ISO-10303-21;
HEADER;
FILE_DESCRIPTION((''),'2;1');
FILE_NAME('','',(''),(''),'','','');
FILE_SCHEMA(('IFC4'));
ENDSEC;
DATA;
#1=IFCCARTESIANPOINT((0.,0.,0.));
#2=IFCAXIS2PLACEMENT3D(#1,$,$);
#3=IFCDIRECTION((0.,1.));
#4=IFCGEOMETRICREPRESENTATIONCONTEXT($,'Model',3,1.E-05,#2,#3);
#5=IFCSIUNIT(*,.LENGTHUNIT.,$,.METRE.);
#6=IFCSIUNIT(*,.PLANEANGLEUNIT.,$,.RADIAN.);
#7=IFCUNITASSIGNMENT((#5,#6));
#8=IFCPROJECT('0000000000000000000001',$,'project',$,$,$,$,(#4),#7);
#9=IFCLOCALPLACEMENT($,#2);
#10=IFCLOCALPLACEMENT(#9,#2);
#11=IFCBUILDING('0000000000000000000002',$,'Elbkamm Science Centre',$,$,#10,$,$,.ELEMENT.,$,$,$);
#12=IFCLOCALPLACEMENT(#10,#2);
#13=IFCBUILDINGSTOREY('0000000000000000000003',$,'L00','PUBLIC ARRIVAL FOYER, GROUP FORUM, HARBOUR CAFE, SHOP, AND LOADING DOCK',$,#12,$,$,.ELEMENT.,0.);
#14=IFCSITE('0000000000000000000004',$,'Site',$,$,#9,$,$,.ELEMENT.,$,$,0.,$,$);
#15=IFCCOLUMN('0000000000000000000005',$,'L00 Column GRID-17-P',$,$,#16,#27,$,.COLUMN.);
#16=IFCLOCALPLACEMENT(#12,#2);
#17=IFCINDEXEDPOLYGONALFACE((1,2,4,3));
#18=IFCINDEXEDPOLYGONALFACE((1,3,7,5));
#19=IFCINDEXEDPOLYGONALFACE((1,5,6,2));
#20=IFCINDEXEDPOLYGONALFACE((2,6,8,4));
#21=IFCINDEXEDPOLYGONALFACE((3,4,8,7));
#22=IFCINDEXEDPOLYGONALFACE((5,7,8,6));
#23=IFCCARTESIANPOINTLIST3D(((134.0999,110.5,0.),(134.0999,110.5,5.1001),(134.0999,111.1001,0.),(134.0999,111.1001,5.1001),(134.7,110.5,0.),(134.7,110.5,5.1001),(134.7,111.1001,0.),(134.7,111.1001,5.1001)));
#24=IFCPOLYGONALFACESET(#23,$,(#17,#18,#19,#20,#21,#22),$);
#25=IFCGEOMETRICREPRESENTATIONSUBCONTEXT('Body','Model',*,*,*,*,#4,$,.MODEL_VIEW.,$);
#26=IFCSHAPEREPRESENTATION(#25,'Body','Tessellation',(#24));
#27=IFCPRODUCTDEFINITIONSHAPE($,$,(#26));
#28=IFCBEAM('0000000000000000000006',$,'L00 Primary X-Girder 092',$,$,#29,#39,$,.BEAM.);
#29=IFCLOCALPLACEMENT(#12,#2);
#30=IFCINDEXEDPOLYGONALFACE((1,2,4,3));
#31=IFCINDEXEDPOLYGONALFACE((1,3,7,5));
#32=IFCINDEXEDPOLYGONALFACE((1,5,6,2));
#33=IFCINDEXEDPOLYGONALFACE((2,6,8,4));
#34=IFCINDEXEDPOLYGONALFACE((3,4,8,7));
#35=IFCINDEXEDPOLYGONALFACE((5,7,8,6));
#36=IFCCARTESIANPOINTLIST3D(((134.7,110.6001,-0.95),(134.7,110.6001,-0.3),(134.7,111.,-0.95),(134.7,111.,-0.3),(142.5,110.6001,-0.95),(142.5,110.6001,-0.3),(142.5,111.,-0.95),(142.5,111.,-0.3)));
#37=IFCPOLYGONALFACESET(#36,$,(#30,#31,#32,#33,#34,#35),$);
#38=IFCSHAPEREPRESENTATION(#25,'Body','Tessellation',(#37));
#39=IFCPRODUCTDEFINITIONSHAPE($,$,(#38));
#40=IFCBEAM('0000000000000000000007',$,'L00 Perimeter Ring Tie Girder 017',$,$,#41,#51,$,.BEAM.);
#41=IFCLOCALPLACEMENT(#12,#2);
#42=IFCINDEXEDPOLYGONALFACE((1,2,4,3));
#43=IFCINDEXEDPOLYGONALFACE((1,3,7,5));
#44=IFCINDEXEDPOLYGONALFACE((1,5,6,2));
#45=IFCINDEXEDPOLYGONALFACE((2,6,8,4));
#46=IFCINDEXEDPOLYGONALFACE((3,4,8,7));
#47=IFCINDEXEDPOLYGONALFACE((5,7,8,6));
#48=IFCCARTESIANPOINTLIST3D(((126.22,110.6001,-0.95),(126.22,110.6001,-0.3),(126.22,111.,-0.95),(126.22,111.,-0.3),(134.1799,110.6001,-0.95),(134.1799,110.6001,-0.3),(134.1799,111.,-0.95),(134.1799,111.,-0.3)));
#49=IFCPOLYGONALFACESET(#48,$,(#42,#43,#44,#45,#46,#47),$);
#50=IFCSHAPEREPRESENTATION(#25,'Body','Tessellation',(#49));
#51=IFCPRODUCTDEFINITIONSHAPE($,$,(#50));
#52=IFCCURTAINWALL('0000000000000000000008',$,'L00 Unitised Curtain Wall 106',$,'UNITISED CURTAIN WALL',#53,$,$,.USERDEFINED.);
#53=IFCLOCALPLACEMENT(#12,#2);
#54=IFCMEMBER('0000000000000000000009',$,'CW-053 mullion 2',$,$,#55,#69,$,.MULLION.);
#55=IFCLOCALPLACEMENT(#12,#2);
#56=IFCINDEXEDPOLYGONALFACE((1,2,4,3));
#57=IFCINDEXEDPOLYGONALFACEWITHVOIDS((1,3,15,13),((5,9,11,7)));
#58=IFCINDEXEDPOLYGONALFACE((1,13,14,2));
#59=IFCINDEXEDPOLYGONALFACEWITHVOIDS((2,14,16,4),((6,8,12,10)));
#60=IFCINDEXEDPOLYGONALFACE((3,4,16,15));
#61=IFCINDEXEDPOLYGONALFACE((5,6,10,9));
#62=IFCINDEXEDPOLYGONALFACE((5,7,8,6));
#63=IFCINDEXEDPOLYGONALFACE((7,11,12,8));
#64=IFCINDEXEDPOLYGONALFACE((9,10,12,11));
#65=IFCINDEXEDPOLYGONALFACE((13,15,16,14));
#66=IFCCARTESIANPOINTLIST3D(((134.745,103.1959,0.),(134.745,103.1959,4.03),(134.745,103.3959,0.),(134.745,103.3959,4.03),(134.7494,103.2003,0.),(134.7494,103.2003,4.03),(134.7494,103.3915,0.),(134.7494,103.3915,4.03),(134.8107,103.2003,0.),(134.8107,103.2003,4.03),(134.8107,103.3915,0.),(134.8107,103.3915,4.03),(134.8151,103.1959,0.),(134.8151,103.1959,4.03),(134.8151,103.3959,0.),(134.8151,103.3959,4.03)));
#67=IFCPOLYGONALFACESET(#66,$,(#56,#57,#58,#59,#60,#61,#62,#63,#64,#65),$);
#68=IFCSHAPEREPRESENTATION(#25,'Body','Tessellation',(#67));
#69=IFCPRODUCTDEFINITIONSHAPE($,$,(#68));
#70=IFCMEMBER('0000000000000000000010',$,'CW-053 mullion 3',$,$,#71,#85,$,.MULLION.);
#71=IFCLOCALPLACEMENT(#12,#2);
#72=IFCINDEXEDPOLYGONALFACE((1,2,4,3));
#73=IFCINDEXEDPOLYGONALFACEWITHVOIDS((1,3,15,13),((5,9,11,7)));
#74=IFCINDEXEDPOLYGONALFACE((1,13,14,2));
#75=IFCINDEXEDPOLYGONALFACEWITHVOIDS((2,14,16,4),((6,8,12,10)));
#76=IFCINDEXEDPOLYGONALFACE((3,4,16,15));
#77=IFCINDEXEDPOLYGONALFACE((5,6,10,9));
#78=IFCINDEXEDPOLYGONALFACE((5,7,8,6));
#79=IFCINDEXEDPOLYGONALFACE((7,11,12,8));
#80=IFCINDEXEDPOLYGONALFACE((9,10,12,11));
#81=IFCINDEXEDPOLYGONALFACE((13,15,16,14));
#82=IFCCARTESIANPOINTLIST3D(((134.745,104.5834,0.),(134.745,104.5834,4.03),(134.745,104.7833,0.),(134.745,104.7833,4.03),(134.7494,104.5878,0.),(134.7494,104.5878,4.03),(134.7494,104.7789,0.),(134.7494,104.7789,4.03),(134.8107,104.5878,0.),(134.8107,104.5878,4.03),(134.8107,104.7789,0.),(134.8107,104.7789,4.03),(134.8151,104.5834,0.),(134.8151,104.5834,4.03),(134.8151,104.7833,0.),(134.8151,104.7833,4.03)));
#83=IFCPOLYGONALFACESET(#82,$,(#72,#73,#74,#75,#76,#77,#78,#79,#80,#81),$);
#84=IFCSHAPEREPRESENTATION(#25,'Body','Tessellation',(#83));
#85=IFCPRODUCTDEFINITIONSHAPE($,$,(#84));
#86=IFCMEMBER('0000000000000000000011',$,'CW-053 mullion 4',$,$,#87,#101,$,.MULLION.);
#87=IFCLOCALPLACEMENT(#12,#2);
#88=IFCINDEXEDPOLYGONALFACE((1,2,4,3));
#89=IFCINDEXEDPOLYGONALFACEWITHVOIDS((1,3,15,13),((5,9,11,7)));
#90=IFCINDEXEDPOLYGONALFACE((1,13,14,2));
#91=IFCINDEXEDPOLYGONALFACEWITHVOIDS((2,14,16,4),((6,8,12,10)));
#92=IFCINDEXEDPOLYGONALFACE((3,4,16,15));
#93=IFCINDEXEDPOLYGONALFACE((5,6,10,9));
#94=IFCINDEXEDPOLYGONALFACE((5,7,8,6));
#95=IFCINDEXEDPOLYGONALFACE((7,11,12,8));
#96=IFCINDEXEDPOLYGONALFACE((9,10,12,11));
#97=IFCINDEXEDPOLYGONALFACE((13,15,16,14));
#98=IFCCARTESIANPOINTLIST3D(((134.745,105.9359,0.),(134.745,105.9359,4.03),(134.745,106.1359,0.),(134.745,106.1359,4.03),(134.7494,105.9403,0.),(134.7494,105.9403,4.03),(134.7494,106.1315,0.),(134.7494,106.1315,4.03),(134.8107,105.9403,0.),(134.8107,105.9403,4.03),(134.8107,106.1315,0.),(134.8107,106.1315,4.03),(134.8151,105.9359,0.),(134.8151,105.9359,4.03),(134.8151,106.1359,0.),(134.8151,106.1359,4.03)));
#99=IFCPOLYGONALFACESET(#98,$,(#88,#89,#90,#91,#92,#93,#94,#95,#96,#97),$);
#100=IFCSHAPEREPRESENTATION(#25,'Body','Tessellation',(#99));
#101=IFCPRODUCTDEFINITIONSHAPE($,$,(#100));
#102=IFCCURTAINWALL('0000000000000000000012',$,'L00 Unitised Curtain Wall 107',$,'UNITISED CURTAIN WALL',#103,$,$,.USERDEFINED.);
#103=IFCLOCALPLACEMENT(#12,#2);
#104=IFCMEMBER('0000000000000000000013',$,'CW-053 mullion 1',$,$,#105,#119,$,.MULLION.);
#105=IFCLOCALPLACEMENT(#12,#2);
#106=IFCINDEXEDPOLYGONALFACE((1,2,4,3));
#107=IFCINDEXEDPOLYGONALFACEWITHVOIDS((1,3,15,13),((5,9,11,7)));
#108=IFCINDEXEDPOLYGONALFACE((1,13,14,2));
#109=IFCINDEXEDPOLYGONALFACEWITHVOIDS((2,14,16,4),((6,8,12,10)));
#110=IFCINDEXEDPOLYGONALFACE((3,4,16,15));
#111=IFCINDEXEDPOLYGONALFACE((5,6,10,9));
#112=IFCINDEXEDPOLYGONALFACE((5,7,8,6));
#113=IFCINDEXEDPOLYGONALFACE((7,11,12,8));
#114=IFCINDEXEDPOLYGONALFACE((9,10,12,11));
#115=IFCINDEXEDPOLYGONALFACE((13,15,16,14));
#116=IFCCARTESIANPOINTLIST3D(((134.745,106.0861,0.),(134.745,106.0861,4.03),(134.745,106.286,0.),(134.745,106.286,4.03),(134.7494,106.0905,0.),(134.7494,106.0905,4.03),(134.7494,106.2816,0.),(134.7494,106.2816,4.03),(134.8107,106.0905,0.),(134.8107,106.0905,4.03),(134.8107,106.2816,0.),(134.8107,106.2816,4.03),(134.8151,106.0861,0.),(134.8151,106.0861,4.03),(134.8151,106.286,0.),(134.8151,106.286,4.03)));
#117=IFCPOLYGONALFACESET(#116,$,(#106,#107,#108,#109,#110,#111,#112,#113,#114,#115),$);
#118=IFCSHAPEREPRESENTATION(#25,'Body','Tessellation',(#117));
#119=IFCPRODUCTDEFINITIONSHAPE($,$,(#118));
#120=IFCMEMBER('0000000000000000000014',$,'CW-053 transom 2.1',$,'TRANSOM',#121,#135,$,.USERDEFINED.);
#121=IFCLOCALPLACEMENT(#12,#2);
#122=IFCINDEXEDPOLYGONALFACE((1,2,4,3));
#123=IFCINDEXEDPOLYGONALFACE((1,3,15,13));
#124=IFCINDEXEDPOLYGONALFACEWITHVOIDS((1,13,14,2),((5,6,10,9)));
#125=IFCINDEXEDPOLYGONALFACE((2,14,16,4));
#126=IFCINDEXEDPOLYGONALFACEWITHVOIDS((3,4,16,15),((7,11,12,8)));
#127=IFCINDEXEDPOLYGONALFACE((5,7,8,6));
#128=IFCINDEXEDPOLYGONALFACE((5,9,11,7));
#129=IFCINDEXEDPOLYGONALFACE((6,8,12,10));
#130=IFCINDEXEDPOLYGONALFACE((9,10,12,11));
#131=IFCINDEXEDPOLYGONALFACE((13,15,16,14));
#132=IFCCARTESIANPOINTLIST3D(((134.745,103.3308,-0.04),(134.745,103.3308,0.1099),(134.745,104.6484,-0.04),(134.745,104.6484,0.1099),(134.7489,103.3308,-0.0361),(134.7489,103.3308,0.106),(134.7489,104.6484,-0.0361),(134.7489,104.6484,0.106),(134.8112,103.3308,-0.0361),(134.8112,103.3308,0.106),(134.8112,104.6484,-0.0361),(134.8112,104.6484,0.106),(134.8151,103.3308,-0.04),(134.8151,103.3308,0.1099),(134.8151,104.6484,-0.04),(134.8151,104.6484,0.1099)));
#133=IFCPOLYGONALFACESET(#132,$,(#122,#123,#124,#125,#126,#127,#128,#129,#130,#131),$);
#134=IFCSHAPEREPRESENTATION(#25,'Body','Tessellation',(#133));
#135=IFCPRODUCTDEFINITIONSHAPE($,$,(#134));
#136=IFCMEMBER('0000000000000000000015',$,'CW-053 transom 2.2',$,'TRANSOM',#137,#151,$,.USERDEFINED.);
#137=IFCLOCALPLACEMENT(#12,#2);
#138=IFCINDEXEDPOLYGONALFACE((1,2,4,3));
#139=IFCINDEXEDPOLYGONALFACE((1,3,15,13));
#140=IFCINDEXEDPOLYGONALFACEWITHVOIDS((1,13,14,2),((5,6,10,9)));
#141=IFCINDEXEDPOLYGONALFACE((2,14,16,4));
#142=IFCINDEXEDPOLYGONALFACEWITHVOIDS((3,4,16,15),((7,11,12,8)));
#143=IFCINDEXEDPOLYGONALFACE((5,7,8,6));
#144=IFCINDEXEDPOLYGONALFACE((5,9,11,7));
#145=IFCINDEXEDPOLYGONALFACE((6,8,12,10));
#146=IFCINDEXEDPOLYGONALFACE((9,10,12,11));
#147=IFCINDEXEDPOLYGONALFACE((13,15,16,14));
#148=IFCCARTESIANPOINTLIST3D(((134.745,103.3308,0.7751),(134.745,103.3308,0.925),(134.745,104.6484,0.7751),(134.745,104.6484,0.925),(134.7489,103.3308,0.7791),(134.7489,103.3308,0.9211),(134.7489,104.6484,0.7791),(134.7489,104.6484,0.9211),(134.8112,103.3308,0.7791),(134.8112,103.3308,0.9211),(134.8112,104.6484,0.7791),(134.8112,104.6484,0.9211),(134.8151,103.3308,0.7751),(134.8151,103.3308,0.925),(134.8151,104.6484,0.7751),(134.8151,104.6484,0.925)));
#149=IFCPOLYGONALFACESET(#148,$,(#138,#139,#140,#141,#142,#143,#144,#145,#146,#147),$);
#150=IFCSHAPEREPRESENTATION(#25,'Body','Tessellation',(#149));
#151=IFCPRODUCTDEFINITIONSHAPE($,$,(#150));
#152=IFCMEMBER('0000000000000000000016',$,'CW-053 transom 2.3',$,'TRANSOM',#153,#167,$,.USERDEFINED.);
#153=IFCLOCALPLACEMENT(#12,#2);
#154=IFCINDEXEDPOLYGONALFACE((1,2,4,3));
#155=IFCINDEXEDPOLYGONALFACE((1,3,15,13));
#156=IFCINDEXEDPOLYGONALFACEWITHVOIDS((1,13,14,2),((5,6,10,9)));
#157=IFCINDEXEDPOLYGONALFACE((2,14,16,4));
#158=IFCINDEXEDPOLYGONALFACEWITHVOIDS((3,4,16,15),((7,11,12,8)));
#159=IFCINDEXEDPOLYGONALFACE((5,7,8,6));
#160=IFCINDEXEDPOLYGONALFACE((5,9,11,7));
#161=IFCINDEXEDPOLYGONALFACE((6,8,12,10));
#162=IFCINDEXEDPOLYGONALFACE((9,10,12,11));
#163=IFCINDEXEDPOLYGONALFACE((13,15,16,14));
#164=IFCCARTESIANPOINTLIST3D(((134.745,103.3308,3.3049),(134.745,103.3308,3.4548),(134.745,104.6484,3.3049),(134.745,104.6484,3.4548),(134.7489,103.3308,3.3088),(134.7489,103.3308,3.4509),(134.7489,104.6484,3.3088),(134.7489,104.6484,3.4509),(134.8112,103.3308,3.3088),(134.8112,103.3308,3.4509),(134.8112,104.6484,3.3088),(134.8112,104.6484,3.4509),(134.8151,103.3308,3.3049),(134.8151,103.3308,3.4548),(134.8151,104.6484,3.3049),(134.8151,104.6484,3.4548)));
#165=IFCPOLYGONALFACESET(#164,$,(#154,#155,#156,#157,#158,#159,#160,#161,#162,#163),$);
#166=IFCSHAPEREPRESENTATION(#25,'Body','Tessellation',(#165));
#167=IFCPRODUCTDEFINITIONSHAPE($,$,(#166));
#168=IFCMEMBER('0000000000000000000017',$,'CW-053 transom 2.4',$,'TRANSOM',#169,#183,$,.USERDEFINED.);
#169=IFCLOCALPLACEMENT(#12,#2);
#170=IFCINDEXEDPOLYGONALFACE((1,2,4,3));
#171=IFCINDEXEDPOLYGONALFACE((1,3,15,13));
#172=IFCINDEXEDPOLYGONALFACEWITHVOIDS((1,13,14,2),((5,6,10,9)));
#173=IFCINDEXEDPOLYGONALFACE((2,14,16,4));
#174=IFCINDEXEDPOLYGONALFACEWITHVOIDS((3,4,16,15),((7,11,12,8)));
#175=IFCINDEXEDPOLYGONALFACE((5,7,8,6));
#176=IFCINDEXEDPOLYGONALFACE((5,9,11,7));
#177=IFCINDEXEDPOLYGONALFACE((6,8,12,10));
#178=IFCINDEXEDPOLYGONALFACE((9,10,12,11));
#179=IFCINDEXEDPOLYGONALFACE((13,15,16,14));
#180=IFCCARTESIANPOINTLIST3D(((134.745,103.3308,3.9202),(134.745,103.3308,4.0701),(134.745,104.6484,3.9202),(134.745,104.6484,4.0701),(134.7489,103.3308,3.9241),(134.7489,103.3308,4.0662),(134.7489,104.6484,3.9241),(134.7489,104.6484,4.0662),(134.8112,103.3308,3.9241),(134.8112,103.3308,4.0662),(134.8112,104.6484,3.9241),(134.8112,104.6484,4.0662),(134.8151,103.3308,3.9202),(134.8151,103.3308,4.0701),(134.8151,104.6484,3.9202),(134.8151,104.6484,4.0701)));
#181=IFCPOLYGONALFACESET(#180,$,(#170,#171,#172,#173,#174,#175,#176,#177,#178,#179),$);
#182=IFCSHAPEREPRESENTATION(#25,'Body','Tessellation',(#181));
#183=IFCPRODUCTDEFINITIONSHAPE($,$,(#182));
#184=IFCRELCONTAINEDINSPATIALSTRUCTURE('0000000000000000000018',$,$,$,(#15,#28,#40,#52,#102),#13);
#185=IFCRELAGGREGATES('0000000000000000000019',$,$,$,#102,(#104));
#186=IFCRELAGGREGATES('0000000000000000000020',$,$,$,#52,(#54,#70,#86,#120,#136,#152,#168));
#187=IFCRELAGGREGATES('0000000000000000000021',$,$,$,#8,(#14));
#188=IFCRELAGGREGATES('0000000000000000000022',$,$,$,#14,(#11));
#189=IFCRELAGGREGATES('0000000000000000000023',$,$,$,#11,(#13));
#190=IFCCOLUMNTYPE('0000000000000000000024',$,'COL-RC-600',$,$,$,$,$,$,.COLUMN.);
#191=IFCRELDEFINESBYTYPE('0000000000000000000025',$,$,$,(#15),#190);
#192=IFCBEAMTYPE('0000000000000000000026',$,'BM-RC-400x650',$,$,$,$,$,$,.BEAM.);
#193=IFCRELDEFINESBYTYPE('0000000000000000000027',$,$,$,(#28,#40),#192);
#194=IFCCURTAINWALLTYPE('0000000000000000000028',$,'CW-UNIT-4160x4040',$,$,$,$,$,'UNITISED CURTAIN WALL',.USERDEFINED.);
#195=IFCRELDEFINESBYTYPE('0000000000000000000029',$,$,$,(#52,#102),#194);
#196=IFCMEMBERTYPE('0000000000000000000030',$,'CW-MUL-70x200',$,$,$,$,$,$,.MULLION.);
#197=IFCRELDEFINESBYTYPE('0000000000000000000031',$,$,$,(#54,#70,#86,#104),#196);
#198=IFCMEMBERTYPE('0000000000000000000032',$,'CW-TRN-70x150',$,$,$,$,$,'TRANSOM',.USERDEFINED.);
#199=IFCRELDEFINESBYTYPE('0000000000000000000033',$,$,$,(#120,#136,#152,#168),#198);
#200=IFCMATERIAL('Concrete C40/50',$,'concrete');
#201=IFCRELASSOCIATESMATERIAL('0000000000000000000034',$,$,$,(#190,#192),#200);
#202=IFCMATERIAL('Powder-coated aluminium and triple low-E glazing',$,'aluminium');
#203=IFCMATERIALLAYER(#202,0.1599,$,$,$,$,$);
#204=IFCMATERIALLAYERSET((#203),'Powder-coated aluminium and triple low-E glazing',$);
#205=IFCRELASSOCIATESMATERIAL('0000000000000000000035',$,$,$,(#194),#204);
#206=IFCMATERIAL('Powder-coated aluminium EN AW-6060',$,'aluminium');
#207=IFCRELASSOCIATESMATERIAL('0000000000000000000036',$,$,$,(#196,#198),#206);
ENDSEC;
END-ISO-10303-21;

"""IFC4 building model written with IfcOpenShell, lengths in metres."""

from ifc_helpers import new_model, si_unit, direction, frame, origin, origin_2d, place, context, subcontext, project, spatial, rectangle, hollow_rectangle, extrude, material, layer, layer_set, material_profile, profile_set, type_object, element, aggregate, save


model = new_model("IFC4")

# Units and contexts
model_context = context("Model", 3, precision=1e-05, world=origin(), true_north=direction((0.0, 1.0)))
body_context = subcontext(model_context, "Body", "Model", "MODEL_VIEW")
ifc_project = project(units=[si_unit("LENGTHUNIT", "METRE"), si_unit("PLANEANGLEUNIT", "RADIAN")], contexts=[model_context])

# Site, building, storey
site_placement = place(None, origin())
site = spatial("IfcSite", under=ifc_project, at=site_placement, Name="Site", CompositionType="ELEMENT", RefElevation=0.0)
building_placement = place(site_placement, origin())
building = spatial("IfcBuilding", under=site, at=building_placement, Name="Elbkamm Science Centre", CompositionType="ELEMENT")
storey_placement = place(building_placement, origin())
storey = spatial("IfcBuildingStorey", under=building, at=storey_placement, Name="L00", Description="PUBLIC ARRIVAL FOYER, GROUP FORUM, HARBOUR CAFE, SHOP, AND LOADING DOCK", CompositionType="ELEMENT", Elevation=0.0)

# Column
ifc_material_1 = material(Name="Concrete C40/50", Category="concrete")
ifc_material_profile_1 = material_profile(ifc_material_1, rectangle(XDim=0.6001, YDim=0.6001, at=origin_2d()), Name="RC 600x600")
ifc_profile_set_1 = profile_set([ifc_material_profile_1], Name="Concrete C40/50")
column_type = type_object("IfcColumnType", Name="COL-RC-600", PredefinedType="COLUMN", material=ifc_profile_set_1)
column_placement = place(storey_placement, frame((134.3999, 110.8, 0.0), z_axis=(0.0, 0.0, 1.0), x_axis=(1.0, 0.0, 0.0)))
element("IfcColumn", 1, at=column_placement, inside=storey, type_object=column_type, Name="L00 Column GRID-17-P", PredefinedType="COLUMN", context=body_context, shape_type="SweptSolid", body=[
    extrude(rectangle(XDim=0.6001, YDim=0.6001, at=origin_2d()), origin(), (0.0, 0.0, 1.0), 5.1001),
])

# Beams
ifc_material_profile_2 = material_profile(ifc_material_1, rectangle(XDim=0.3999, YDim=0.6499, at=origin_2d()), Name="RC 400x650")
ifc_profile_set_2 = profile_set([ifc_material_profile_2], Name="Concrete C40/50")
beam_type_1 = type_object("IfcBeamType", Name="BM-RC-400x650", PredefinedType="BEAM", material=ifc_profile_set_2)
beam_1_placement = place(storey_placement, frame((134.7, 110.8, -0.625), z_axis=(1.0, 0.0, 0.0), x_axis=(0.0, 1.0, 0.0)))
element("IfcBeam", 2, at=beam_1_placement, inside=storey, type_object=beam_type_1, Name="L00 Primary X-Girder 092", PredefinedType="BEAM", context=body_context, shape_type="SweptSolid", body=[
    extrude(rectangle(XDim=0.3999, YDim=0.6499, at=origin_2d()), origin(), (0.0, 0.0, 1.0), 7.8),
])
beam_2_placement = place(storey_placement, frame((126.22, 110.8, -0.625), z_axis=(1.0, 0.0, 0.0), x_axis=(0.0, 1.0, 0.0)))
element("IfcBeam", 3, at=beam_2_placement, inside=storey, type_object=beam_type_1, Name="L00 Perimeter Ring Tie Girder 017", PredefinedType="BEAM", context=body_context, shape_type="SweptSolid", body=[
    extrude(rectangle(XDim=0.3999, YDim=0.6499, at=origin_2d()), origin(), (0.0, 0.0, 1.0), 7.96),
])

# Curtain wall, members
ifc_material_2 = material(Name="Powder-coated aluminium and triple low-E glazing", Category="aluminium")
ifc_layer_1 = layer(ifc_material_2, 0.1599)
ifc_layer_set_1 = layer_set([ifc_layer_1], Name="Powder-coated aluminium and triple low-E glazing")
curtain_wall_type = type_object("IfcCurtainWallType", Name="CW-UNIT-4160x4040", ElementType="UNITISED CURTAIN WALL", PredefinedType="USERDEFINED", material=ifc_layer_set_1)
curtain_wall_1_placement = place(storey_placement, origin())
curtain_wall_1 = element("IfcCurtainWall", 4, at=curtain_wall_1_placement, inside=storey, type_object=curtain_wall_type, Name="L00 Unitised Curtain Wall 106", ObjectType="UNITISED CURTAIN WALL", PredefinedType="USERDEFINED")
ifc_material_3 = material(Name="Powder-coated aluminium EN AW-6060", Category="aluminium")
ifc_material_profile_3 = material_profile(ifc_material_3, hollow_rectangle(XDim=0.0701, YDim=0.2, WallThickness=0.0044, at=origin_2d()), Name="ALU M70x200")
ifc_profile_set_3 = profile_set([ifc_material_profile_3], Name="Powder-coated aluminium EN AW-6060")
member_type_1 = type_object("IfcMemberType", Name="CW-MUL-70x200", PredefinedType="MULLION", material=ifc_profile_set_3)
member_1_placement = place(storey_placement, frame((134.78, 103.2959, 0.0), z_axis=(0.0, 0.0, 1.0), x_axis=(-1.0, 0.0, 0.0)))
member_1 = element("IfcMember", 5, at=member_1_placement, type_object=member_type_1, Name="CW-053 mullion 2", PredefinedType="MULLION", context=body_context, shape_type="SweptSolid", body=[
    extrude(hollow_rectangle(XDim=0.0701, YDim=0.2, WallThickness=0.0044, at=origin_2d()), origin(), (0.0, 0.0, 1.0), 4.03),
])
member_2_placement = place(storey_placement, frame((134.78, 104.6833, 0.0), z_axis=(0.0, 0.0, 1.0), x_axis=(-1.0, 0.0, 0.0)))
member_2 = element("IfcMember", 6, at=member_2_placement, type_object=member_type_1, Name="CW-053 mullion 3", PredefinedType="MULLION", context=body_context, shape_type="SweptSolid", body=[
    extrude(hollow_rectangle(XDim=0.0701, YDim=0.2, WallThickness=0.0044, at=origin_2d()), origin(), (0.0, 0.0, 1.0), 4.03),
])
member_3_placement = place(storey_placement, frame((134.78, 106.0359, 0.0), z_axis=(0.0, 0.0, 1.0), x_axis=(-1.0, 0.0, 0.0)))
member_3 = element("IfcMember", 7, at=member_3_placement, type_object=member_type_1, Name="CW-053 mullion 4", PredefinedType="MULLION", context=body_context, shape_type="SweptSolid", body=[
    extrude(hollow_rectangle(XDim=0.0701, YDim=0.2, WallThickness=0.0044, at=origin_2d()), origin(), (0.0, 0.0, 1.0), 4.03),
])

# Curtain wall, member
curtain_wall_2_placement = place(storey_placement, origin())
curtain_wall_2 = element("IfcCurtainWall", 8, at=curtain_wall_2_placement, inside=storey, type_object=curtain_wall_type, Name="L00 Unitised Curtain Wall 107", ObjectType="UNITISED CURTAIN WALL", PredefinedType="USERDEFINED")
member_4_placement = place(storey_placement, frame((134.78, 106.186, 0.0), z_axis=(0.0, 0.0, 1.0), x_axis=(-1.0, 0.0, 0.0)))
member_4 = element("IfcMember", 9, at=member_4_placement, type_object=member_type_1, Name="CW-053 mullion 1", PredefinedType="MULLION", context=body_context, shape_type="SweptSolid", body=[
    extrude(hollow_rectangle(XDim=0.0701, YDim=0.2, WallThickness=0.0044, at=origin_2d()), origin(), (0.0, 0.0, 1.0), 4.03),
])

# Members
ifc_material_profile_4 = material_profile(ifc_material_3, hollow_rectangle(XDim=0.0701, YDim=0.1499, WallThickness=0.0039, at=origin_2d()), Name="ALU T70x150")
ifc_profile_set_4 = profile_set([ifc_material_profile_4], Name="Powder-coated aluminium EN AW-6060")
member_type_2 = type_object("IfcMemberType", Name="CW-TRN-70x150", ElementType="TRANSOM", PredefinedType="USERDEFINED", material=ifc_profile_set_4)
member_5_placement = place(storey_placement, frame((134.78, 103.3308, 0.0349), z_axis=(0.0, 1.0, 0.0), x_axis=(-1.0, 0.0, 0.0)))
member_5 = element("IfcMember", 10, at=member_5_placement, type_object=member_type_2, Name="CW-053 transom 2.1", ObjectType="TRANSOM", PredefinedType="USERDEFINED", context=body_context, shape_type="SweptSolid", body=[
    extrude(hollow_rectangle(XDim=0.0701, YDim=0.1499, WallThickness=0.0039, at=origin_2d()), origin(), (0.0, 0.0, 1.0), 1.3176),
])
member_6_placement = place(storey_placement, frame((134.78, 103.3308, 0.8501), z_axis=(0.0, 1.0, 0.0), x_axis=(-1.0, 0.0, 0.0)))
member_6 = element("IfcMember", 11, at=member_6_placement, type_object=member_type_2, Name="CW-053 transom 2.2", ObjectType="TRANSOM", PredefinedType="USERDEFINED", context=body_context, shape_type="SweptSolid", body=[
    extrude(hollow_rectangle(XDim=0.0701, YDim=0.1499, WallThickness=0.0039, at=origin_2d()), origin(), (0.0, 0.0, 1.0), 1.3176),
])
member_7_placement = place(storey_placement, frame((134.78, 103.3308, 3.3799), z_axis=(0.0, 1.0, 0.0), x_axis=(-1.0, 0.0, 0.0)))
member_7 = element("IfcMember", 12, at=member_7_placement, type_object=member_type_2, Name="CW-053 transom 2.3", ObjectType="TRANSOM", PredefinedType="USERDEFINED", context=body_context, shape_type="SweptSolid", body=[
    extrude(hollow_rectangle(XDim=0.0701, YDim=0.1499, WallThickness=0.0039, at=origin_2d()), origin(), (0.0, 0.0, 1.0), 1.3176),
])
member_8_placement = place(storey_placement, frame((134.78, 103.3308, 3.9951), z_axis=(0.0, 1.0, 0.0), x_axis=(-1.0, 0.0, 0.0)))
member_8 = element("IfcMember", 13, at=member_8_placement, type_object=member_type_2, Name="CW-053 transom 2.4", ObjectType="TRANSOM", PredefinedType="USERDEFINED", context=body_context, shape_type="SweptSolid", body=[
    extrude(hollow_rectangle(XDim=0.0701, YDim=0.1499, WallThickness=0.0039, at=origin_2d()), origin(), (0.0, 0.0, 1.0), 1.3176),
])
aggregate(curtain_wall_2, [member_4])

aggregate(curtain_wall_1, [member_1, member_2, member_3, member_5, member_6, member_7, member_8])

save(model, "model.ifc")
